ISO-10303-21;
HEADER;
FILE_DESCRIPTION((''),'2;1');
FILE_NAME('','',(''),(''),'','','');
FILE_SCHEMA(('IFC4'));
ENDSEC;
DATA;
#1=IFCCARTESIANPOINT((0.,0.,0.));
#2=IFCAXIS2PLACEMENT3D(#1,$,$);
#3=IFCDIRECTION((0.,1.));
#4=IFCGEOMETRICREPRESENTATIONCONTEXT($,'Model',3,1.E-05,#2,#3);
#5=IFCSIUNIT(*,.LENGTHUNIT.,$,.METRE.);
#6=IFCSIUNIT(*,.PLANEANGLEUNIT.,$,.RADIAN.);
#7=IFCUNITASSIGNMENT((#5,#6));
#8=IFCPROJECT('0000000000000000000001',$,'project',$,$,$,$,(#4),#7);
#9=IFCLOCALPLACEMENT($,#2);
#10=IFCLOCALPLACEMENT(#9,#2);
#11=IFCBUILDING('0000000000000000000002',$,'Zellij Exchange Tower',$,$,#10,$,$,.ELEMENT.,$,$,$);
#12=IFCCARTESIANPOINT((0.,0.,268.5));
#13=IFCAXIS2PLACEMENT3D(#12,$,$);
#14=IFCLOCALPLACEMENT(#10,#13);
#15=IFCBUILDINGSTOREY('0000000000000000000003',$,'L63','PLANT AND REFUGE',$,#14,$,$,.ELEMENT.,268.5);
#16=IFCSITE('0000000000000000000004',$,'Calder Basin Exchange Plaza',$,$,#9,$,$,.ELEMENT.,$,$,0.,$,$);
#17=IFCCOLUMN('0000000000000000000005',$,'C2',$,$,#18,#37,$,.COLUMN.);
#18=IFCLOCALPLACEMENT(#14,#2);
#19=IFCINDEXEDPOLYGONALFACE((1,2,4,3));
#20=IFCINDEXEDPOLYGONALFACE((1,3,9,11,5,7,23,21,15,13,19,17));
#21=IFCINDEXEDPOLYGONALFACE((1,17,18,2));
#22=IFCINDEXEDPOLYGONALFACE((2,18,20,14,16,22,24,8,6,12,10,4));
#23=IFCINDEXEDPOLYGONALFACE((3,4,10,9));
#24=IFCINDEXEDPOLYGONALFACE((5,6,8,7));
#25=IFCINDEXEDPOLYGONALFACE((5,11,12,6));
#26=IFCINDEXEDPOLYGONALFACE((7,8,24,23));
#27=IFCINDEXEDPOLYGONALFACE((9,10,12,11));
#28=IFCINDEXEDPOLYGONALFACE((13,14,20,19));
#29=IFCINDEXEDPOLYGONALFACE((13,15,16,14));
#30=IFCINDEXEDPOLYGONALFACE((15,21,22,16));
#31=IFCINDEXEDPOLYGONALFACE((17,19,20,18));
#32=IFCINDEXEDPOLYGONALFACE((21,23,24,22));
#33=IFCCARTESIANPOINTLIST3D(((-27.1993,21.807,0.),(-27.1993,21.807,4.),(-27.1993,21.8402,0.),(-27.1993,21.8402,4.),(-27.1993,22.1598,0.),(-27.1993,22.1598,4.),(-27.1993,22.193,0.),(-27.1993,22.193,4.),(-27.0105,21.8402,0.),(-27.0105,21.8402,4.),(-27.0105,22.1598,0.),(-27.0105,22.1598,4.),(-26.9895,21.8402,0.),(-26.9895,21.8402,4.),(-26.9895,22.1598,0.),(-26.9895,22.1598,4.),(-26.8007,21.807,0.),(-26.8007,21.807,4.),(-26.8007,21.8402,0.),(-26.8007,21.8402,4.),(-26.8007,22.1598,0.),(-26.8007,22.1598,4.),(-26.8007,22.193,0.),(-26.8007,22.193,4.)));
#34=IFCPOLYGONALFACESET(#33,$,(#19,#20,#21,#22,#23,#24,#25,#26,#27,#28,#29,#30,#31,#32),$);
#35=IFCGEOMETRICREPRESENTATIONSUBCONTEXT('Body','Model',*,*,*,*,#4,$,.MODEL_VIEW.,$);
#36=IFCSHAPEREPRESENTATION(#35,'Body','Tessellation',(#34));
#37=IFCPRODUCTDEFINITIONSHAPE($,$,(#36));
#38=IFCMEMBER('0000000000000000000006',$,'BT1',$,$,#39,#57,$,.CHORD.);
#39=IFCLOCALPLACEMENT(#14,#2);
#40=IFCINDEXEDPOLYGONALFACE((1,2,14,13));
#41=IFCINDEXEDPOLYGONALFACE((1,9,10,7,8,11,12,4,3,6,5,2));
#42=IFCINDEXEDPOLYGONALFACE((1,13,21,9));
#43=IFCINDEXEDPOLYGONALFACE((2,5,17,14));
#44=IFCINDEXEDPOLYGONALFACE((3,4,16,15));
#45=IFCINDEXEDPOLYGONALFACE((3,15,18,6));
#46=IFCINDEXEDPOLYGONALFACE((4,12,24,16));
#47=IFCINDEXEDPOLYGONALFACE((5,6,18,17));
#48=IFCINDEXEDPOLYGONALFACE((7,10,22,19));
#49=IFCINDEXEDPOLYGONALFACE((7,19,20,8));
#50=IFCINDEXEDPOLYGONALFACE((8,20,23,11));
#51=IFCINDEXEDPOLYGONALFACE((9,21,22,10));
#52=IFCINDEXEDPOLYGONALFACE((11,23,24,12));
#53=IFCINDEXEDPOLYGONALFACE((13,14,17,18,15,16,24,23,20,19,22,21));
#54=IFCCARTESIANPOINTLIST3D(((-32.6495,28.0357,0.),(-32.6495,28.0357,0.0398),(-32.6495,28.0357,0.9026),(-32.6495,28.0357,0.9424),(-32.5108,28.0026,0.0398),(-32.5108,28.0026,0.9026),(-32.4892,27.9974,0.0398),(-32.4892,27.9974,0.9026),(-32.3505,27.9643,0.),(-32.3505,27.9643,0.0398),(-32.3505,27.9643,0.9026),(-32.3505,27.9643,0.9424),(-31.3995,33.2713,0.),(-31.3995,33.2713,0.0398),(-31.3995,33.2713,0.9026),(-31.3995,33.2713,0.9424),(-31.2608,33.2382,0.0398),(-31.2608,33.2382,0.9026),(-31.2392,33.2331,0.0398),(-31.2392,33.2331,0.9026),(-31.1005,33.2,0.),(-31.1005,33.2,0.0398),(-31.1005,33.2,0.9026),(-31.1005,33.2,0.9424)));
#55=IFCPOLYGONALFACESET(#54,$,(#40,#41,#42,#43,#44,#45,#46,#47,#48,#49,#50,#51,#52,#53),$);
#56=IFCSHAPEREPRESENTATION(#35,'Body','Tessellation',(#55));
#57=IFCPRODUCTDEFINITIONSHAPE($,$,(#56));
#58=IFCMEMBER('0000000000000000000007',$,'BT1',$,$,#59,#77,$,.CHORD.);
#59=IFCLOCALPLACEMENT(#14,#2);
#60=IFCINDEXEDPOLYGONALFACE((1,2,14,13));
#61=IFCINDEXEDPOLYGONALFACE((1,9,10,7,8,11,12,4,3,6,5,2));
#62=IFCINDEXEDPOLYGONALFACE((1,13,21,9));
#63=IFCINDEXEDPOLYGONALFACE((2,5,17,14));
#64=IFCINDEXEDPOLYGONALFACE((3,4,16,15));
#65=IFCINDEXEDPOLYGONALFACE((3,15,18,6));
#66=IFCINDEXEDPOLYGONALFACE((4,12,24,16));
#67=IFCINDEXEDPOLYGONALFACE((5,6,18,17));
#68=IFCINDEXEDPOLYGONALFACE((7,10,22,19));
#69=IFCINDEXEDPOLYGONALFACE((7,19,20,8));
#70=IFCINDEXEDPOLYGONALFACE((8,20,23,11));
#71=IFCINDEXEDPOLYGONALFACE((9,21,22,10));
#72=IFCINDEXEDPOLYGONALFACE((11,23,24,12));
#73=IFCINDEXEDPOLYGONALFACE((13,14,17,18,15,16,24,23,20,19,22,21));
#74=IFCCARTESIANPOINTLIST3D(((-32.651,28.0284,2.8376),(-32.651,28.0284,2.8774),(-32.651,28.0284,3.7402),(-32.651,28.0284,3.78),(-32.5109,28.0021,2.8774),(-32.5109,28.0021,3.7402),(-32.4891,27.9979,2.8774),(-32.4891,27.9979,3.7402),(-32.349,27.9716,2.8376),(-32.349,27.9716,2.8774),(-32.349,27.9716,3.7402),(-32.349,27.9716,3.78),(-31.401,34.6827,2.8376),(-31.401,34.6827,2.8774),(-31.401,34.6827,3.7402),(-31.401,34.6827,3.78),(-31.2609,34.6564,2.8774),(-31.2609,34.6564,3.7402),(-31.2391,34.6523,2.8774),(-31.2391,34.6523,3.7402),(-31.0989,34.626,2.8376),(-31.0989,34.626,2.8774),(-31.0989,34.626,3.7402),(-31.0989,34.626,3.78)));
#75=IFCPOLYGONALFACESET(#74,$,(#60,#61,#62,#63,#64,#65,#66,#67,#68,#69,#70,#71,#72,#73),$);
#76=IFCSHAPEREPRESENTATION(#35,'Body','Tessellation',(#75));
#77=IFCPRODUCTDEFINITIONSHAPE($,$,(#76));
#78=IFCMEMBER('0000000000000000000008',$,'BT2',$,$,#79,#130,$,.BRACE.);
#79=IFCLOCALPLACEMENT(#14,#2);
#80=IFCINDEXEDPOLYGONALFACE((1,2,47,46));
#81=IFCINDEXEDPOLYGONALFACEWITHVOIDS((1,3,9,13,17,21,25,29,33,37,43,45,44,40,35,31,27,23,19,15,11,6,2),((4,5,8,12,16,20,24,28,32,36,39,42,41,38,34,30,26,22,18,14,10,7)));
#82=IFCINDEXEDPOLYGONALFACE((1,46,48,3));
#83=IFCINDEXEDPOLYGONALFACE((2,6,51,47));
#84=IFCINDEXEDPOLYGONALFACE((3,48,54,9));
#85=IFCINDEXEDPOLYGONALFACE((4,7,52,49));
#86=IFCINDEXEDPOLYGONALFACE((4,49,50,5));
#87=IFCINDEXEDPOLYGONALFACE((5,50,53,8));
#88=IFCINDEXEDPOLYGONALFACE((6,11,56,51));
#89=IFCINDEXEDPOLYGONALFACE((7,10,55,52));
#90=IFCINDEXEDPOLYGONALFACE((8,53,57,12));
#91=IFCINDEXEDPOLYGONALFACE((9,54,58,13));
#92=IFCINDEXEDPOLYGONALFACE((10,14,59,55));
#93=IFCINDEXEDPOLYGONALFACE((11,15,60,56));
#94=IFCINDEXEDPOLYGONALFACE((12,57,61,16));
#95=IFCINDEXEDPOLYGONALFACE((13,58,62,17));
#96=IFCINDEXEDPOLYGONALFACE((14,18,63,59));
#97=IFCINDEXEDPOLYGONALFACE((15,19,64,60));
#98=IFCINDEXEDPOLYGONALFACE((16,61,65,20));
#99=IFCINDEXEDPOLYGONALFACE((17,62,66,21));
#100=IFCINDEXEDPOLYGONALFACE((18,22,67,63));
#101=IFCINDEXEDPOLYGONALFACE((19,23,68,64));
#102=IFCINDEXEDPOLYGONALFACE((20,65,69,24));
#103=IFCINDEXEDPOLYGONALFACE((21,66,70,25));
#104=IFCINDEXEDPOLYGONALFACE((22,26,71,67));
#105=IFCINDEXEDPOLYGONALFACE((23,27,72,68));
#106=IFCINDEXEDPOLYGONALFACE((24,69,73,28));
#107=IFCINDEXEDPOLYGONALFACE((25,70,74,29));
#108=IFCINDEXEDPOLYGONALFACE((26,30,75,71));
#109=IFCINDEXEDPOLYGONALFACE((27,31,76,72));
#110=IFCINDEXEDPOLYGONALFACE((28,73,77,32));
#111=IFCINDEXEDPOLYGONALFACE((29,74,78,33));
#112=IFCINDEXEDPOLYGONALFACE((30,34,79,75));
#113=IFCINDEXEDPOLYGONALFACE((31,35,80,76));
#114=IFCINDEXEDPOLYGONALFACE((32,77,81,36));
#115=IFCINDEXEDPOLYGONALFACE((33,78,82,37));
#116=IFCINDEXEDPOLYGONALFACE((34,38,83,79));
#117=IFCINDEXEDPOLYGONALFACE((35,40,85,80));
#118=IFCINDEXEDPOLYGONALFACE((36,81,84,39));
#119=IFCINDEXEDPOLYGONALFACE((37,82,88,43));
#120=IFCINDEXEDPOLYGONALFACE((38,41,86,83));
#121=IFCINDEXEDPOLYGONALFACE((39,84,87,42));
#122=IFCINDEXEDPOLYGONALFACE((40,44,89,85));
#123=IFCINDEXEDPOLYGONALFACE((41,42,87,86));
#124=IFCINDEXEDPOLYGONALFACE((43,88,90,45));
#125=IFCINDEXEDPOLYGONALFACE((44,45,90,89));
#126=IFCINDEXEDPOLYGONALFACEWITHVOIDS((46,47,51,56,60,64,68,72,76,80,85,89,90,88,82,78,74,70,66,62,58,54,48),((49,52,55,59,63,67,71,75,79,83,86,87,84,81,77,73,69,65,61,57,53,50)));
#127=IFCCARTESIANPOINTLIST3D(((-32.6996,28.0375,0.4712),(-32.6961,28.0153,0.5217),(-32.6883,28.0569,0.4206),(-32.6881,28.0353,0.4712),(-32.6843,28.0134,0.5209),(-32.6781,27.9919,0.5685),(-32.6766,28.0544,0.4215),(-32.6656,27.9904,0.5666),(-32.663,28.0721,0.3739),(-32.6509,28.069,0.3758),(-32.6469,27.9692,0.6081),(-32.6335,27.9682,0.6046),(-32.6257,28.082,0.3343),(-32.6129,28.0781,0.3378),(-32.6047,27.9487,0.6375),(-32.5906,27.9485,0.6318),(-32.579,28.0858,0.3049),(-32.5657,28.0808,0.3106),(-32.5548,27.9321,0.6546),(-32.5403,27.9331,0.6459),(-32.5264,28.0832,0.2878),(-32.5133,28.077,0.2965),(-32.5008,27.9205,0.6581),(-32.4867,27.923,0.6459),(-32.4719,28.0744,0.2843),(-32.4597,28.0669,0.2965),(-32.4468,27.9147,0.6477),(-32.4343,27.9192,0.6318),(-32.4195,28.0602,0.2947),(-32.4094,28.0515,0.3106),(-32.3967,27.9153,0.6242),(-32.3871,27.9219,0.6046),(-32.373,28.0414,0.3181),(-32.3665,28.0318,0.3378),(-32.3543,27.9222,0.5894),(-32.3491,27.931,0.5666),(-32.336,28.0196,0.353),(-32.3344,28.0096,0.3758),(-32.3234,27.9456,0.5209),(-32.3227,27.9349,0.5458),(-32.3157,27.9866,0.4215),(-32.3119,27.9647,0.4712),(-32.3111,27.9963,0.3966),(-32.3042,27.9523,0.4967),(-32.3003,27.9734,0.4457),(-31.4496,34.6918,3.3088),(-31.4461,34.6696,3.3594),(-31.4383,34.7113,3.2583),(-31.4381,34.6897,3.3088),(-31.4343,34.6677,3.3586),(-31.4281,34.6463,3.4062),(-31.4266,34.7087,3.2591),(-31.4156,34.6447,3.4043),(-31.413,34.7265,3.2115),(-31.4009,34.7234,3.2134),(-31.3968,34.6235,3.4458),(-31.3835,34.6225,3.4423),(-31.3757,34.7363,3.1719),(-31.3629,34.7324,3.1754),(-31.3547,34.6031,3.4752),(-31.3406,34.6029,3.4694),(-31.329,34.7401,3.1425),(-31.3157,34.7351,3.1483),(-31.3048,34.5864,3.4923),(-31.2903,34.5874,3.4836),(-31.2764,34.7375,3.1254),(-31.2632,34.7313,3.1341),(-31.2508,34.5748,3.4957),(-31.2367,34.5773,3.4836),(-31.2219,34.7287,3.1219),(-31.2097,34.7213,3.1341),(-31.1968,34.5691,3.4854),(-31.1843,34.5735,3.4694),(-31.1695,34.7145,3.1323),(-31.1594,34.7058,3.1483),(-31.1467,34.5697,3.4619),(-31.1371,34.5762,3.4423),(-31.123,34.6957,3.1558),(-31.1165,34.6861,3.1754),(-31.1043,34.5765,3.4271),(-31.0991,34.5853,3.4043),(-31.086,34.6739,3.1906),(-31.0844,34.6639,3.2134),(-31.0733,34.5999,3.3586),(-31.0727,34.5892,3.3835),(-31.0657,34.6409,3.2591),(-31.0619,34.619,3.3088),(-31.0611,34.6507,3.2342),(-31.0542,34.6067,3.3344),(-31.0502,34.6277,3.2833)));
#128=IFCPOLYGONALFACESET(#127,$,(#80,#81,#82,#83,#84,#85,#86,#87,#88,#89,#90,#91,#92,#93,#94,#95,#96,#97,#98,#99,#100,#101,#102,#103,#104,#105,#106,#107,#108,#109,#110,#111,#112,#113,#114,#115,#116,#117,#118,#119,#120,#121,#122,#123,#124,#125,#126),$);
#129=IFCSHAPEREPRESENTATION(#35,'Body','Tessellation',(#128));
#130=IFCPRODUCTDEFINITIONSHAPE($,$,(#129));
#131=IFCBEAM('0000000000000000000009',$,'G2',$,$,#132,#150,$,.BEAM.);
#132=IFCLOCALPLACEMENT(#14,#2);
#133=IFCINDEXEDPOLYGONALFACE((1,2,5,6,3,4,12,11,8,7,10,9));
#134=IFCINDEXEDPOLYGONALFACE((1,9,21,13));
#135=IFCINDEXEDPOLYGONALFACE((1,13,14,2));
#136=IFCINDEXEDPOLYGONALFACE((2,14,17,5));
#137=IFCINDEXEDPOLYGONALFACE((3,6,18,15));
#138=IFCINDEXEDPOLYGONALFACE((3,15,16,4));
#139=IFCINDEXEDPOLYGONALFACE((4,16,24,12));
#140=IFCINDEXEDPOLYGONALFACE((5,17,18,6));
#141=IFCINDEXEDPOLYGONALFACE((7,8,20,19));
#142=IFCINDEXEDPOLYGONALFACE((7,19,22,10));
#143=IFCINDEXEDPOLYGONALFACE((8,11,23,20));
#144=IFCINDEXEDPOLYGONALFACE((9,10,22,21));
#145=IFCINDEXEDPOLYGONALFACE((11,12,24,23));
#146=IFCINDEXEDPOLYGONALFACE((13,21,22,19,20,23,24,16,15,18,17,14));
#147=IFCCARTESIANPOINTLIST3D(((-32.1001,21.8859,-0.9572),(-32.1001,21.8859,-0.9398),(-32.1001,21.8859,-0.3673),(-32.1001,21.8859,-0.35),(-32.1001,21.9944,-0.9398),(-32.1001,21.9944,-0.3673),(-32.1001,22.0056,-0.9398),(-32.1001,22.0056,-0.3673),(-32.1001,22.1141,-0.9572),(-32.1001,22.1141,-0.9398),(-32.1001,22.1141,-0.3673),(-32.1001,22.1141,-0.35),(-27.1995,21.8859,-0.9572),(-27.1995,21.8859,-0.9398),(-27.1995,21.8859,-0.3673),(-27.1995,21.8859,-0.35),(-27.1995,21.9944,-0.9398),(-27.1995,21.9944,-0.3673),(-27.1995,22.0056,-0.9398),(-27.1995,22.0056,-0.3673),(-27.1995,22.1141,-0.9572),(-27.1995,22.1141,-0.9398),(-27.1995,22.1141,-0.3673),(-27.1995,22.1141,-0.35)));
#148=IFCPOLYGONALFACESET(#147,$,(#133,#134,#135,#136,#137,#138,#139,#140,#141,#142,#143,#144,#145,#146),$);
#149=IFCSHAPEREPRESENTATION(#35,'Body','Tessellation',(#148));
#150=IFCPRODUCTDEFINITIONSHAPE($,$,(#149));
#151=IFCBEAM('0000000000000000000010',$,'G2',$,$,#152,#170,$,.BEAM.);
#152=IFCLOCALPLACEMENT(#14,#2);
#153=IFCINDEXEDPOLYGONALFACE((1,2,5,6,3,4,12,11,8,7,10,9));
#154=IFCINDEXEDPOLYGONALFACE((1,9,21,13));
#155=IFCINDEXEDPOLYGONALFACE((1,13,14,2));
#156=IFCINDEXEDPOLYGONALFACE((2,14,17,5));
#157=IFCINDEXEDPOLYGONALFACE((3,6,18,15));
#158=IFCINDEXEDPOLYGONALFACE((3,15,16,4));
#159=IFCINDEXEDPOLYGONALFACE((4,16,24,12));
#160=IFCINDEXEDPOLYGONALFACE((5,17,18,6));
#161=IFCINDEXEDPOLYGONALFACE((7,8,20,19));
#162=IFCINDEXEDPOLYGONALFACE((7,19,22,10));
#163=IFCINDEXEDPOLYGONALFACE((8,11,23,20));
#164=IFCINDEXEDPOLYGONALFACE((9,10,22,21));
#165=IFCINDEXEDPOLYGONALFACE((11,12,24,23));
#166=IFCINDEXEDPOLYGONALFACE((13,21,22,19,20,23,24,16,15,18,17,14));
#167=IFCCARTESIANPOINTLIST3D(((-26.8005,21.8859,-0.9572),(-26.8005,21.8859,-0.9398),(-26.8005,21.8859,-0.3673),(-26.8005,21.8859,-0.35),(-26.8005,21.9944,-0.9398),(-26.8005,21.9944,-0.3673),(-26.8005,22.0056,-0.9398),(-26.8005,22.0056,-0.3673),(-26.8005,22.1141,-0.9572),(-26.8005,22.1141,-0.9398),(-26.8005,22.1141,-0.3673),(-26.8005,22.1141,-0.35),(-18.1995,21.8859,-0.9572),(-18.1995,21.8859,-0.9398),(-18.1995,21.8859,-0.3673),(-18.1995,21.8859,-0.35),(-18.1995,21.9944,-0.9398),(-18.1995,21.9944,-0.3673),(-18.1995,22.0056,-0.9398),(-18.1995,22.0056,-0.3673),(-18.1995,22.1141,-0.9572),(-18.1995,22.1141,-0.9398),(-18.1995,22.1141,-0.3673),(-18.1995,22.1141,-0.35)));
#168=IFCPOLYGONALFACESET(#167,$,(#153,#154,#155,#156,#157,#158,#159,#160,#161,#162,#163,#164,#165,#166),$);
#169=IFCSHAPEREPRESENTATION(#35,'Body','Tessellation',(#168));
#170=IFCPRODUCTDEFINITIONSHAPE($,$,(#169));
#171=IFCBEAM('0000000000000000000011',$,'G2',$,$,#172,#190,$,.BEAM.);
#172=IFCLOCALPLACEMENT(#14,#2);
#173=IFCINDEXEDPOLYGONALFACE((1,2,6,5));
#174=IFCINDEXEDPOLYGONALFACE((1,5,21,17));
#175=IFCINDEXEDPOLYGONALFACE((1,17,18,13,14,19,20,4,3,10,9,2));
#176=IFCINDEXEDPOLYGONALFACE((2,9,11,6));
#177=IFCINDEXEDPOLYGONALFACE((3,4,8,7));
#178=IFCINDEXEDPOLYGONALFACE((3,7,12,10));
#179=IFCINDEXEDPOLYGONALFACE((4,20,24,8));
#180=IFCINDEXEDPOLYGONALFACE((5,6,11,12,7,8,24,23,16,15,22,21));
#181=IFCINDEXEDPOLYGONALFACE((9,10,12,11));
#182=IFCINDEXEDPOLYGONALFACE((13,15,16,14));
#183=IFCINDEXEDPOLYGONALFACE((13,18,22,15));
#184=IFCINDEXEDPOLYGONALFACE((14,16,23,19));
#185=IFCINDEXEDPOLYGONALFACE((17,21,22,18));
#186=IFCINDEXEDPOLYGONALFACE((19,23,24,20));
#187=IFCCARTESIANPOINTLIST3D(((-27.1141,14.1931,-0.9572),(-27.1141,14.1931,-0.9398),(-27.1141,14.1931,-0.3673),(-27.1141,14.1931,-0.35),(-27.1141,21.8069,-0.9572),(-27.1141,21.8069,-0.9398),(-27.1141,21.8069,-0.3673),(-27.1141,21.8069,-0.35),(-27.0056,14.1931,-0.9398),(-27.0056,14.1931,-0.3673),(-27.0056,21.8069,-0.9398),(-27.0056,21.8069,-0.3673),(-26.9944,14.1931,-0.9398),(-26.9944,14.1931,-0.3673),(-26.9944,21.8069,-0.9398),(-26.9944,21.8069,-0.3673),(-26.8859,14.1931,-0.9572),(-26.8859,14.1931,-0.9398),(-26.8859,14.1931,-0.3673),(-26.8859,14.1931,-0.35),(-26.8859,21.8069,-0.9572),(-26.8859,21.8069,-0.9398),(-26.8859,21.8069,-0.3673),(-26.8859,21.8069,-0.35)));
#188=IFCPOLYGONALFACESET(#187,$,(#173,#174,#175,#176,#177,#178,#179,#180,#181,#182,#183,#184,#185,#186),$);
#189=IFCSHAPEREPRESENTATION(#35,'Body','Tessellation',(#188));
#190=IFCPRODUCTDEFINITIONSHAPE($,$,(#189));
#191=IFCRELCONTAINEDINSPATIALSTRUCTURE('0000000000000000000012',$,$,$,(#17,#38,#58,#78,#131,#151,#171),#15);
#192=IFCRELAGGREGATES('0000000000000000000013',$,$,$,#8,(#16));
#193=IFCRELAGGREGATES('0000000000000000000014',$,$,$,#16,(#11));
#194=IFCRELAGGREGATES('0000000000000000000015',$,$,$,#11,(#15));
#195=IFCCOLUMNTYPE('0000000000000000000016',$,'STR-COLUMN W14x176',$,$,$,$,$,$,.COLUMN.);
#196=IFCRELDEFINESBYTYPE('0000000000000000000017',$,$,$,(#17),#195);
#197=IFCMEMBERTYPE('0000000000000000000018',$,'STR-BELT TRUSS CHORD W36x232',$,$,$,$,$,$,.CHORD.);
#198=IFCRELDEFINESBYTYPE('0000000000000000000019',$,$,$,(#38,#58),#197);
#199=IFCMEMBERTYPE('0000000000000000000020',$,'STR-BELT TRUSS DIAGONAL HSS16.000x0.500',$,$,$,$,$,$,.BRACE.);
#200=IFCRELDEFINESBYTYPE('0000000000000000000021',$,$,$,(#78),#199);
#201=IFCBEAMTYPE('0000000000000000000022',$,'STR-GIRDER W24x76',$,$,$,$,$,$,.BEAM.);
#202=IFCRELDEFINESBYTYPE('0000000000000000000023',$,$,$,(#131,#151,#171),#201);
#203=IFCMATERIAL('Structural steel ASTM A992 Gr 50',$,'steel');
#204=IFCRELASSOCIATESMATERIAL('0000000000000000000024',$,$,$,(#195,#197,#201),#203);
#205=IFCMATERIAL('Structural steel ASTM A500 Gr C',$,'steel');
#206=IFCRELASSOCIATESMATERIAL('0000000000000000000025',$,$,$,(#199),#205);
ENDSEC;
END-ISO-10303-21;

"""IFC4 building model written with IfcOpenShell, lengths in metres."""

from ifc_helpers import new_model, si_unit, direction, frame, origin, origin_2d, place, context, subcontext, project, spatial, hollow_circle, i_section, extrude, material, material_profile, profile_set, type_object, element, save


model = new_model("IFC4")

# Units and contexts
model_context = context("Model", 3, precision=1e-05, world=origin(), true_north=direction((0.0, 1.0)))
body_context = subcontext(model_context, "Body", "Model", "MODEL_VIEW")
ifc_project = project(units=[si_unit("LENGTHUNIT", "METRE"), si_unit("PLANEANGLEUNIT", "RADIAN")], contexts=[model_context])

# Site, building, storey
site_placement = place(None, origin())
site = spatial("IfcSite", under=ifc_project, at=site_placement, Name="Calder Basin Exchange Plaza", CompositionType="ELEMENT", RefElevation=0.0)
building_placement = place(site_placement, origin())
building = spatial("IfcBuilding", under=site, at=building_placement, Name="Zellij Exchange Tower", CompositionType="ELEMENT")
storey_placement = place(building_placement, frame((0.0, 0.0, 268.5)))
storey = spatial("IfcBuildingStorey", under=building, at=storey_placement, Name="L63", Description="PLANT AND REFUGE", CompositionType="ELEMENT", Elevation=268.5)

# Column
ifc_material_1 = material(Name="Structural steel ASTM A992 Gr 50", Category="steel")
ifc_material_profile_1 = material_profile(ifc_material_1, i_section(OverallWidth=0.3987, OverallDepth=0.386, WebThickness=0.021, FlangeThickness=0.0332, at=origin_2d()), Name="W14x176")
ifc_profile_set_1 = profile_set([ifc_material_profile_1], Name="Structural steel ASTM A992 Gr 50")
column_type = type_object("IfcColumnType", Name="STR-COLUMN W14x176", PredefinedType="COLUMN", material=ifc_profile_set_1)
column_placement = place(storey_placement, frame((-27.0, 22.0, 0.0), z_axis=(0.0, 0.0, 1.0), x_axis=(1.0, 0.0, 0.0)))
element("IfcColumn", 1, at=column_placement, inside=storey, type_object=column_type, Name="C2", PredefinedType="COLUMN", context=body_context, shape_type="SweptSolid", body=[
    extrude(i_section(OverallWidth=0.3987, OverallDepth=0.386, WebThickness=0.021, FlangeThickness=0.0332, at=origin_2d()), origin(), (0.0, 0.0, 1.0), 4.0),
])

# Members
ifc_material_profile_2 = material_profile(ifc_material_1, i_section(OverallWidth=0.3074, OverallDepth=0.9424, WebThickness=0.0222, FlangeThickness=0.0398, at=origin_2d()), Name="W36x232")
ifc_profile_set_2 = profile_set([ifc_material_profile_2], Name="Structural steel ASTM A992 Gr 50")
member_type_1 = type_object("IfcMemberType", Name="STR-BELT TRUSS CHORD W36x232", PredefinedType="CHORD", material=ifc_profile_set_2)
member_1_placement = place(storey_placement, frame((-32.5, 28.0, 0.4712), z_axis=(0.232223, 0.972662, 0.0), x_axis=(-0.972662, 0.232223, 0.0)))
element("IfcMember", 2, at=member_1_placement, inside=storey, type_object=member_type_1, Name="BT1", PredefinedType="CHORD", context=body_context, shape_type="SweptSolid", body=[
    extrude(i_section(OverallWidth=0.3074, OverallDepth=0.9424, WebThickness=0.0222, FlangeThickness=0.0398, at=origin_2d()), origin(), (0.0, 0.0, 1.0), 5.3828),
])
member_2_placement = place(storey_placement, frame((-32.5, 28.0, 3.3088), z_axis=(0.184619, 0.98281, 0.0), x_axis=(-0.98281, 0.184619, 0.0)))
element("IfcMember", 3, at=member_2_placement, inside=storey, type_object=member_type_1, Name="BT1", PredefinedType="CHORD", context=body_context, shape_type="SweptSolid", body=[
    extrude(i_section(OverallWidth=0.3074, OverallDepth=0.9424, WebThickness=0.0222, FlangeThickness=0.0398, at=origin_2d()), origin(), (0.0, 0.0, 1.0), 6.7708),
])
ifc_material_2 = material(Name="Structural steel ASTM A500 Gr C", Category="steel")
ifc_material_profile_3 = material_profile(ifc_material_2, hollow_circle(Radius=0.2031, WallThickness=0.0117, at=origin_2d()), Name="STR-BELT TRUSS DIAGONAL HSS16.000x0.500")
ifc_profile_set_3 = profile_set([ifc_material_profile_3], Name="Structural steel ASTM A500 Gr C")
member_type_2 = type_object("IfcMemberType", Name="STR-BELT TRUSS DIAGONAL HSS16.000x0.500", PredefinedType="BRACE", material=ifc_profile_set_3)
member_3_placement = place(storey_placement, frame((-32.5, 28.0, 0.4712), z_axis=(0.17027, 0.906422, 0.386533), x_axis=(-0.98281, 0.184619, 0.0)))
element("IfcMember", 4, at=member_3_placement, inside=storey, type_object=member_type_2, Name="BT2", PredefinedType="BRACE", context=body_context, shape_type="SweptSolid", body=[
    extrude(hollow_circle(Radius=0.2031, WallThickness=0.0117, at=origin_2d()), origin(), (0.0, 0.0, 1.0), 7.3413),
])

# Beams
ifc_material_profile_4 = material_profile(ifc_material_1, i_section(OverallWidth=0.2283, OverallDepth=0.6072, WebThickness=0.0112, FlangeThickness=0.0173, at=origin_2d()), Name="W24x76")
ifc_profile_set_4 = profile_set([ifc_material_profile_4], Name="Structural steel ASTM A992 Gr 50")
beam_type = type_object("IfcBeamType", Name="STR-GIRDER W24x76", PredefinedType="BEAM", material=ifc_profile_set_4)
beam_1_placement = place(storey_placement, frame((-32.1001, 22.0, -0.6536), z_axis=(1.0, 0.0, 0.0), x_axis=(0.0, 1.0, 0.0)))
element("IfcBeam", 5, at=beam_1_placement, inside=storey, type_object=beam_type, Name="G2", PredefinedType="BEAM", context=body_context, shape_type="SweptSolid", body=[
    extrude(i_section(OverallWidth=0.2283, OverallDepth=0.6072, WebThickness=0.0112, FlangeThickness=0.0173, at=origin_2d()), origin(), (0.0, 0.0, 1.0), 4.9006),
])
beam_2_placement = place(storey_placement, frame((-26.8005, 22.0, -0.6536), z_axis=(1.0, 0.0, 0.0), x_axis=(0.0, 1.0, 0.0)))
element("IfcBeam", 6, at=beam_2_placement, inside=storey, type_object=beam_type, Name="G2", PredefinedType="BEAM", context=body_context, shape_type="SweptSolid", body=[
    extrude(i_section(OverallWidth=0.2283, OverallDepth=0.6072, WebThickness=0.0112, FlangeThickness=0.0173, at=origin_2d()), origin(), (0.0, 0.0, 1.0), 8.6011),
])
for number, where, z_axis, x_axis, name in (
    (7, (-27.0, 14.1931, -0.6536), (0.0, 1.0, 0.0), (-1.0, 0.0, 0.0), "G2"),
):
    element("IfcBeam", number, at=place(storey_placement, frame(where, z_axis=z_axis, x_axis=x_axis)), inside=storey, type_object=beam_type, Name=name, PredefinedType="BEAM", context=body_context, shape_type="SweptSolid", body=[
        extrude(i_section(OverallWidth=0.2283, OverallDepth=0.6072, WebThickness=0.0112, FlangeThickness=0.0173, at=origin_2d()), origin(), (0.0, 0.0, 1.0), 7.6138),
    ])

save(model, "model.ifc")
